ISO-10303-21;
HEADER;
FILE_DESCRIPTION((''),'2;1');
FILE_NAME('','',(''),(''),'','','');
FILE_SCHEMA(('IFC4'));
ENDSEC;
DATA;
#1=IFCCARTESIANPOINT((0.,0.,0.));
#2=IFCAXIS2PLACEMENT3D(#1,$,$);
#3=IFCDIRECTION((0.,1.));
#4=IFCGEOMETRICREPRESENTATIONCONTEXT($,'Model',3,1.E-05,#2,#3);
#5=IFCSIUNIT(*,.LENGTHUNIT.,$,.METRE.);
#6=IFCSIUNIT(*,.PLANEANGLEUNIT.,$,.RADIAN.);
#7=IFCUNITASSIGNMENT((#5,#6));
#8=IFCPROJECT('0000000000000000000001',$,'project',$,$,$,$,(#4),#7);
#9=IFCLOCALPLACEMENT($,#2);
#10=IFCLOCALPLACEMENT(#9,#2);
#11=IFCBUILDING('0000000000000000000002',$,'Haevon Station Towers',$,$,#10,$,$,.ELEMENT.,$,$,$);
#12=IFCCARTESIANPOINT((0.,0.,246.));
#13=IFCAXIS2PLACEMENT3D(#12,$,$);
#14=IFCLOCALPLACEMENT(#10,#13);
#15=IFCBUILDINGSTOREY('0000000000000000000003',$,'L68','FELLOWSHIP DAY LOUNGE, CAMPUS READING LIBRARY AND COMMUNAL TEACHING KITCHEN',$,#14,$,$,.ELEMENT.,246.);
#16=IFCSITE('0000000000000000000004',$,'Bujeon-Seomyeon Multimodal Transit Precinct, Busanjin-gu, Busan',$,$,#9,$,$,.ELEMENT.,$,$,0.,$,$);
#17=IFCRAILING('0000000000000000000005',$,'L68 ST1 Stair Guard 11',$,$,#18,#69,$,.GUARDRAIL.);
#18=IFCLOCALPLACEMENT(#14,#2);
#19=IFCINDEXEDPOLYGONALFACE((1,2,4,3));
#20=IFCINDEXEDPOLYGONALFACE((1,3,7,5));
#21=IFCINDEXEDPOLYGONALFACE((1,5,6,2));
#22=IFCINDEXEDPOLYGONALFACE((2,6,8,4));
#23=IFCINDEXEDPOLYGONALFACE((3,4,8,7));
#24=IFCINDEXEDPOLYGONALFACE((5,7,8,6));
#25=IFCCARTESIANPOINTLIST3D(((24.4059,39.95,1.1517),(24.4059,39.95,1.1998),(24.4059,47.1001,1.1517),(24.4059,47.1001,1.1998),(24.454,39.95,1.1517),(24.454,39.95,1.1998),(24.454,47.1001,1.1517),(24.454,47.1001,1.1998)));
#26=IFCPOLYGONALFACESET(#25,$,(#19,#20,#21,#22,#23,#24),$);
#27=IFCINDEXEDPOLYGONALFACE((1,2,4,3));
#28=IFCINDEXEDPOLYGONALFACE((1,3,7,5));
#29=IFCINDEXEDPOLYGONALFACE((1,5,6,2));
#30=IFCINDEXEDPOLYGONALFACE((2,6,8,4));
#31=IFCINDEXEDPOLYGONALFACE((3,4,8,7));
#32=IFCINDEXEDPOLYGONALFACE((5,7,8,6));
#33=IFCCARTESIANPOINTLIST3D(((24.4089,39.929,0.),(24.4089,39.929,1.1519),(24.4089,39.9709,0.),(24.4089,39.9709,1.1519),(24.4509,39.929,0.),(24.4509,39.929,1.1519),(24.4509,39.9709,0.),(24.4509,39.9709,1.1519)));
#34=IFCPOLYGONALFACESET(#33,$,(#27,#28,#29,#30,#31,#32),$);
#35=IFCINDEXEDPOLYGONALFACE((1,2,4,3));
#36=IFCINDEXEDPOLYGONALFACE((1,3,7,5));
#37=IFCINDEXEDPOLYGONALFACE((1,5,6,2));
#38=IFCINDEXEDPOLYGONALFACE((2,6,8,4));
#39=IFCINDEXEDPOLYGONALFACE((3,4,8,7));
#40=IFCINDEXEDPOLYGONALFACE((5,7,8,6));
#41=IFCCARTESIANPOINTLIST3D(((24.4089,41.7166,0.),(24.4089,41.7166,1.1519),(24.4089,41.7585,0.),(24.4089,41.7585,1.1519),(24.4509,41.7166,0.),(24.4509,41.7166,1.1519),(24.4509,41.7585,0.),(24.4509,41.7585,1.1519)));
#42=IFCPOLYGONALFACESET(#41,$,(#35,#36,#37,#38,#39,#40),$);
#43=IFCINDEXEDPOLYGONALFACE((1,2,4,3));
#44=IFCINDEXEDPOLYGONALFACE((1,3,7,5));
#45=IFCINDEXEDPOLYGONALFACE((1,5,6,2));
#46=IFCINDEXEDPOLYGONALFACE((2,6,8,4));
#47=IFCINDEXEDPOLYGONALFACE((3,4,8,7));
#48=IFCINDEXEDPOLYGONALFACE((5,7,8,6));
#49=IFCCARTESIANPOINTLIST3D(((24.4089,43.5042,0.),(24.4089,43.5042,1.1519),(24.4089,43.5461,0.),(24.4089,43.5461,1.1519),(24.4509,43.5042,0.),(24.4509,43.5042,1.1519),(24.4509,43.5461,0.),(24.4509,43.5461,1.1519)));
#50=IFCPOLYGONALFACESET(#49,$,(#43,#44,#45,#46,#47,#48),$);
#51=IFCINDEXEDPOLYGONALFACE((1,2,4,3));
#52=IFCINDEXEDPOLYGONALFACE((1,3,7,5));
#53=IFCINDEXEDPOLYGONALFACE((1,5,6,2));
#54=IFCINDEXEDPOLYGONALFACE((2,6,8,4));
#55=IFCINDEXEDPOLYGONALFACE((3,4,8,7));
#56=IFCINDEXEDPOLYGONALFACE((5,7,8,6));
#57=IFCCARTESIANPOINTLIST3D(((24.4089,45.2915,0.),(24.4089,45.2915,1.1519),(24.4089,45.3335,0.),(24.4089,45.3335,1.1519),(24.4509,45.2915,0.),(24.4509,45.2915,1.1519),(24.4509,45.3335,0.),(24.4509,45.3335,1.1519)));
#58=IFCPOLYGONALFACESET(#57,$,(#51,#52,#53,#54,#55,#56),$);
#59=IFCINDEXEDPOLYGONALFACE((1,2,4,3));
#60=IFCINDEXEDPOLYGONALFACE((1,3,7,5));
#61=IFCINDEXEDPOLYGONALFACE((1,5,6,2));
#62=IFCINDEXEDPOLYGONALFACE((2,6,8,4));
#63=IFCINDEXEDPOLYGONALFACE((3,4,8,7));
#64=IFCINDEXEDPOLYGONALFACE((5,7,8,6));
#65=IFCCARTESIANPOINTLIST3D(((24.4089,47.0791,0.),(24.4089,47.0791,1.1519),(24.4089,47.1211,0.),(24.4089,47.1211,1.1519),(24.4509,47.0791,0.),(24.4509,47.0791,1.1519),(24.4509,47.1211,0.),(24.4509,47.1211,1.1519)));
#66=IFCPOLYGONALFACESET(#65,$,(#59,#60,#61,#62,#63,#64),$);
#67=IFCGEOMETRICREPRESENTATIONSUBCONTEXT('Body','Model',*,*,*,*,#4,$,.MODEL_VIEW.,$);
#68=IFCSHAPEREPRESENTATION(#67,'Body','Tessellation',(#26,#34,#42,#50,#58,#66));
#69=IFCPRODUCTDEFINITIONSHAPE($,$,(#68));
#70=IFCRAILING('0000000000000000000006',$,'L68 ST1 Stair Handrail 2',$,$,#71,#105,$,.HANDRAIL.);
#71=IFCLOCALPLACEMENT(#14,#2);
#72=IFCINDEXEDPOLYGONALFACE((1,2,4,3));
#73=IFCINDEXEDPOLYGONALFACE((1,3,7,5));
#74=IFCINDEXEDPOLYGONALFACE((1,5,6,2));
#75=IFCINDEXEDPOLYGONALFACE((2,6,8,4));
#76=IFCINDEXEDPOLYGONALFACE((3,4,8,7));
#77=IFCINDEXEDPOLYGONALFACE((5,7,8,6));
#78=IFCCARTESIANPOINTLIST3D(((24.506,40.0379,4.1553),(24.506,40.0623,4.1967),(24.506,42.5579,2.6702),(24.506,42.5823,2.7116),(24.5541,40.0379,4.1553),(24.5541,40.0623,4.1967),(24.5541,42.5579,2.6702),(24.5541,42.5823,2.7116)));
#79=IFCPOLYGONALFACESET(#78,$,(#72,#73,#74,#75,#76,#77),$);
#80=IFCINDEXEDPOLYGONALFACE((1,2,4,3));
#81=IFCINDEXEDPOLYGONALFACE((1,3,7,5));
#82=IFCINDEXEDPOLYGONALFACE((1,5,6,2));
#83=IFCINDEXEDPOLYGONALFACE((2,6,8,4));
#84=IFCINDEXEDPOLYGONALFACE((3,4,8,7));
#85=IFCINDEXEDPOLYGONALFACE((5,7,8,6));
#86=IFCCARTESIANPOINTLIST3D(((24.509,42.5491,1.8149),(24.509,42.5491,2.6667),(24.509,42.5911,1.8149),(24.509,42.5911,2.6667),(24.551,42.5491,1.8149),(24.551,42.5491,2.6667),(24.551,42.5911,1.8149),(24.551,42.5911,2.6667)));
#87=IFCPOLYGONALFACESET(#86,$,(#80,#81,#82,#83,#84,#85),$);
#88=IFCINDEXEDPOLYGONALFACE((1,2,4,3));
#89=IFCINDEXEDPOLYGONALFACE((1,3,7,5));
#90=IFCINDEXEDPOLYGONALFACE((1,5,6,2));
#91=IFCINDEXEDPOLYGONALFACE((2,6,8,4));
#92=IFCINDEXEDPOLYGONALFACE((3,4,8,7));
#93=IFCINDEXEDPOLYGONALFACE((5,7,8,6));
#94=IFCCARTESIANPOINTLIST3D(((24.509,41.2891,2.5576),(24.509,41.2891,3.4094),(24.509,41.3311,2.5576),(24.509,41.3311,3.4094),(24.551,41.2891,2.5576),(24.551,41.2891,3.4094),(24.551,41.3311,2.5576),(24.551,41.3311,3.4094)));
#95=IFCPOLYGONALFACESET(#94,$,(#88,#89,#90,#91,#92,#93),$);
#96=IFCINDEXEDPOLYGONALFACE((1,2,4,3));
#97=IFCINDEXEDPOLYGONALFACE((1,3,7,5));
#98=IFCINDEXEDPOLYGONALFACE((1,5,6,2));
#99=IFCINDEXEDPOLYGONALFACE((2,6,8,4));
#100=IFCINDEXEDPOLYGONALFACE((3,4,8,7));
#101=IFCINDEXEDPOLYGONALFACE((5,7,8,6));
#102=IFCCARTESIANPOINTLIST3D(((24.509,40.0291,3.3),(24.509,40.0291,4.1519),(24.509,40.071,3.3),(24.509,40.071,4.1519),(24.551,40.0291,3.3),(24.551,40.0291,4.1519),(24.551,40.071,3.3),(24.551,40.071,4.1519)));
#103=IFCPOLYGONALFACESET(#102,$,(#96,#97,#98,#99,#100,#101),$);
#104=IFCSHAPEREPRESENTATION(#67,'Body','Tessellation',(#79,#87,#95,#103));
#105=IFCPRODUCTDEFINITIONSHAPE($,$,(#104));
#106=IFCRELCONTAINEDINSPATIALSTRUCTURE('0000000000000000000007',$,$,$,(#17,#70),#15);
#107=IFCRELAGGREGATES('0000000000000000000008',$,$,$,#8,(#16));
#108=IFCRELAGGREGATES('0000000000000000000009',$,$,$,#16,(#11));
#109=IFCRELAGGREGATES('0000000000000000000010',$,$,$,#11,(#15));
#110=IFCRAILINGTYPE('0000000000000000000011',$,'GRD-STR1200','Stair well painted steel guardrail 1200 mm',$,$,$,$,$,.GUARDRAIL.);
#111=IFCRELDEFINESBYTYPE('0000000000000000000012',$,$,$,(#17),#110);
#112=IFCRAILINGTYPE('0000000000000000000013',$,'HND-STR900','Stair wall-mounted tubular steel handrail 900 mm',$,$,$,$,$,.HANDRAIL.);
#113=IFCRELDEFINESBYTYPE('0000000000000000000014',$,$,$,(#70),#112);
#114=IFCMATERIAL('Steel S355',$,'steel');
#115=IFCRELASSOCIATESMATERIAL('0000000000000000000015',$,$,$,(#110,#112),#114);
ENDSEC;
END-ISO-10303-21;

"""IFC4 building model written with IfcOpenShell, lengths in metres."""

from ifc_helpers import new_model, si_unit, direction, frame, origin, origin_2d, place, context, subcontext, project, spatial, rectangle, extrude, material, type_object, element, save


model = new_model("IFC4")

# Units and contexts
model_context = context("Model", 3, precision=1e-05, world=origin(), true_north=direction((0.0, 1.0)))
body_context = subcontext(model_context, "Body", "Model", "MODEL_VIEW")
ifc_project = project(units=[si_unit("LENGTHUNIT", "METRE"), si_unit("PLANEANGLEUNIT", "RADIAN")], contexts=[model_context])

# Site, building, storey
site_placement = place(None, origin())
site = spatial("IfcSite", under=ifc_project, at=site_placement, Name="Bujeon-Seomyeon Multimodal Transit Precinct, Busanjin-gu, Busan", CompositionType="ELEMENT", RefElevation=0.0)
building_placement = place(site_placement, origin())
building = spatial("IfcBuilding", under=site, at=building_placement, Name="Haevon Station Towers", CompositionType="ELEMENT")
storey_placement = place(building_placement, frame((0.0, 0.0, 246.0)))
storey = spatial("IfcBuildingStorey", under=building, at=storey_placement, Name="L68", Description="FELLOWSHIP DAY LOUNGE, CAMPUS READING LIBRARY AND COMMUNAL TEACHING KITCHEN", CompositionType="ELEMENT", Elevation=246.0)

# Shared definitions
ifc_material_1 = material(Name="Steel S355", Category="steel")

# Railings
railing_type_1 = type_object("IfcRailingType", Name="GRD-STR1200", Description="Stair well painted steel guardrail 1200 mm", PredefinedType="GUARDRAIL", material=ifc_material_1)
railing_1_placement = place(storey_placement, frame((24.4299, 39.95, 0.0)))
element("IfcRailing", 1, at=railing_1_placement, inside=storey, type_object=railing_type_1, Name="L68 ST1 Stair Guard 11", PredefinedType="GUARDRAIL", context=body_context, shape_type="SweptSolid", body=[
    extrude(rectangle(XDim=0.0481, YDim=0.0481, at=origin_2d()), frame((0.0, 0.0, 1.1758), z_axis=(0.0, 1.0, 0.0), x_axis=(-1.0, 0.0, 0.0)), (0.0, 0.0, 1.0), 7.1501),
    extrude(rectangle(XDim=0.042, YDim=0.042, at=origin_2d()), origin(), (0.0, 0.0, 1.0), 1.1519),
    extrude(rectangle(XDim=0.042, YDim=0.042, at=origin_2d()), frame((0.0, 1.7876, 0.0)), (0.0, 0.0, 1.0), 1.1519),
    extrude(rectangle(XDim=0.042, YDim=0.042, at=origin_2d()), frame((0.0, 3.5752, 0.0)), (0.0, 0.0, 1.0), 1.1519),
    extrude(rectangle(XDim=0.042, YDim=0.042, at=origin_2d()), frame((0.0, 5.3625, 0.0)), (0.0, 0.0, 1.0), 1.1519),
    extrude(rectangle(XDim=0.042, YDim=0.042, at=origin_2d()), frame((0.0, 7.1501, 0.0)), (0.0, 0.0, 1.0), 1.1519),
])
railing_type_2 = type_object("IfcRailingType", Name="HND-STR900", Description="Stair wall-mounted tubular steel handrail 900 mm", PredefinedType="HANDRAIL", material=ifc_material_1)
railing_2_placement = place(storey_placement, frame((24.53, 42.5701, 1.8149)))
element("IfcRailing", 2, at=railing_2_placement, inside=storey, type_object=railing_type_2, Name="L68 ST1 Stair Handrail 2", PredefinedType="HANDRAIL", context=body_context, shape_type="SweptSolid", body=[
    extrude(rectangle(XDim=0.0481, YDim=0.0481, at=origin_2d()), frame((0.0, 0.0, 0.876), z_axis=(0.0, -0.861524, 0.507717), x_axis=(1.0, 0.0, 0.0)), (0.0, 0.0, 1.0), 2.925),
    extrude(rectangle(XDim=0.042, YDim=0.042, at=origin_2d()), origin(), (0.0, 0.0, 1.0), 0.8518),
    extrude(rectangle(XDim=0.042, YDim=0.042, at=origin_2d()), frame((0.0, -1.26, 0.7427)), (0.0, 0.0, 1.0), 0.8518),
    extrude(rectangle(XDim=0.042, YDim=0.042, at=origin_2d()), frame((0.0, -2.52, 1.4851)), (0.0, 0.0, 1.0), 0.8518),
])

save(model, "model.ifc")
